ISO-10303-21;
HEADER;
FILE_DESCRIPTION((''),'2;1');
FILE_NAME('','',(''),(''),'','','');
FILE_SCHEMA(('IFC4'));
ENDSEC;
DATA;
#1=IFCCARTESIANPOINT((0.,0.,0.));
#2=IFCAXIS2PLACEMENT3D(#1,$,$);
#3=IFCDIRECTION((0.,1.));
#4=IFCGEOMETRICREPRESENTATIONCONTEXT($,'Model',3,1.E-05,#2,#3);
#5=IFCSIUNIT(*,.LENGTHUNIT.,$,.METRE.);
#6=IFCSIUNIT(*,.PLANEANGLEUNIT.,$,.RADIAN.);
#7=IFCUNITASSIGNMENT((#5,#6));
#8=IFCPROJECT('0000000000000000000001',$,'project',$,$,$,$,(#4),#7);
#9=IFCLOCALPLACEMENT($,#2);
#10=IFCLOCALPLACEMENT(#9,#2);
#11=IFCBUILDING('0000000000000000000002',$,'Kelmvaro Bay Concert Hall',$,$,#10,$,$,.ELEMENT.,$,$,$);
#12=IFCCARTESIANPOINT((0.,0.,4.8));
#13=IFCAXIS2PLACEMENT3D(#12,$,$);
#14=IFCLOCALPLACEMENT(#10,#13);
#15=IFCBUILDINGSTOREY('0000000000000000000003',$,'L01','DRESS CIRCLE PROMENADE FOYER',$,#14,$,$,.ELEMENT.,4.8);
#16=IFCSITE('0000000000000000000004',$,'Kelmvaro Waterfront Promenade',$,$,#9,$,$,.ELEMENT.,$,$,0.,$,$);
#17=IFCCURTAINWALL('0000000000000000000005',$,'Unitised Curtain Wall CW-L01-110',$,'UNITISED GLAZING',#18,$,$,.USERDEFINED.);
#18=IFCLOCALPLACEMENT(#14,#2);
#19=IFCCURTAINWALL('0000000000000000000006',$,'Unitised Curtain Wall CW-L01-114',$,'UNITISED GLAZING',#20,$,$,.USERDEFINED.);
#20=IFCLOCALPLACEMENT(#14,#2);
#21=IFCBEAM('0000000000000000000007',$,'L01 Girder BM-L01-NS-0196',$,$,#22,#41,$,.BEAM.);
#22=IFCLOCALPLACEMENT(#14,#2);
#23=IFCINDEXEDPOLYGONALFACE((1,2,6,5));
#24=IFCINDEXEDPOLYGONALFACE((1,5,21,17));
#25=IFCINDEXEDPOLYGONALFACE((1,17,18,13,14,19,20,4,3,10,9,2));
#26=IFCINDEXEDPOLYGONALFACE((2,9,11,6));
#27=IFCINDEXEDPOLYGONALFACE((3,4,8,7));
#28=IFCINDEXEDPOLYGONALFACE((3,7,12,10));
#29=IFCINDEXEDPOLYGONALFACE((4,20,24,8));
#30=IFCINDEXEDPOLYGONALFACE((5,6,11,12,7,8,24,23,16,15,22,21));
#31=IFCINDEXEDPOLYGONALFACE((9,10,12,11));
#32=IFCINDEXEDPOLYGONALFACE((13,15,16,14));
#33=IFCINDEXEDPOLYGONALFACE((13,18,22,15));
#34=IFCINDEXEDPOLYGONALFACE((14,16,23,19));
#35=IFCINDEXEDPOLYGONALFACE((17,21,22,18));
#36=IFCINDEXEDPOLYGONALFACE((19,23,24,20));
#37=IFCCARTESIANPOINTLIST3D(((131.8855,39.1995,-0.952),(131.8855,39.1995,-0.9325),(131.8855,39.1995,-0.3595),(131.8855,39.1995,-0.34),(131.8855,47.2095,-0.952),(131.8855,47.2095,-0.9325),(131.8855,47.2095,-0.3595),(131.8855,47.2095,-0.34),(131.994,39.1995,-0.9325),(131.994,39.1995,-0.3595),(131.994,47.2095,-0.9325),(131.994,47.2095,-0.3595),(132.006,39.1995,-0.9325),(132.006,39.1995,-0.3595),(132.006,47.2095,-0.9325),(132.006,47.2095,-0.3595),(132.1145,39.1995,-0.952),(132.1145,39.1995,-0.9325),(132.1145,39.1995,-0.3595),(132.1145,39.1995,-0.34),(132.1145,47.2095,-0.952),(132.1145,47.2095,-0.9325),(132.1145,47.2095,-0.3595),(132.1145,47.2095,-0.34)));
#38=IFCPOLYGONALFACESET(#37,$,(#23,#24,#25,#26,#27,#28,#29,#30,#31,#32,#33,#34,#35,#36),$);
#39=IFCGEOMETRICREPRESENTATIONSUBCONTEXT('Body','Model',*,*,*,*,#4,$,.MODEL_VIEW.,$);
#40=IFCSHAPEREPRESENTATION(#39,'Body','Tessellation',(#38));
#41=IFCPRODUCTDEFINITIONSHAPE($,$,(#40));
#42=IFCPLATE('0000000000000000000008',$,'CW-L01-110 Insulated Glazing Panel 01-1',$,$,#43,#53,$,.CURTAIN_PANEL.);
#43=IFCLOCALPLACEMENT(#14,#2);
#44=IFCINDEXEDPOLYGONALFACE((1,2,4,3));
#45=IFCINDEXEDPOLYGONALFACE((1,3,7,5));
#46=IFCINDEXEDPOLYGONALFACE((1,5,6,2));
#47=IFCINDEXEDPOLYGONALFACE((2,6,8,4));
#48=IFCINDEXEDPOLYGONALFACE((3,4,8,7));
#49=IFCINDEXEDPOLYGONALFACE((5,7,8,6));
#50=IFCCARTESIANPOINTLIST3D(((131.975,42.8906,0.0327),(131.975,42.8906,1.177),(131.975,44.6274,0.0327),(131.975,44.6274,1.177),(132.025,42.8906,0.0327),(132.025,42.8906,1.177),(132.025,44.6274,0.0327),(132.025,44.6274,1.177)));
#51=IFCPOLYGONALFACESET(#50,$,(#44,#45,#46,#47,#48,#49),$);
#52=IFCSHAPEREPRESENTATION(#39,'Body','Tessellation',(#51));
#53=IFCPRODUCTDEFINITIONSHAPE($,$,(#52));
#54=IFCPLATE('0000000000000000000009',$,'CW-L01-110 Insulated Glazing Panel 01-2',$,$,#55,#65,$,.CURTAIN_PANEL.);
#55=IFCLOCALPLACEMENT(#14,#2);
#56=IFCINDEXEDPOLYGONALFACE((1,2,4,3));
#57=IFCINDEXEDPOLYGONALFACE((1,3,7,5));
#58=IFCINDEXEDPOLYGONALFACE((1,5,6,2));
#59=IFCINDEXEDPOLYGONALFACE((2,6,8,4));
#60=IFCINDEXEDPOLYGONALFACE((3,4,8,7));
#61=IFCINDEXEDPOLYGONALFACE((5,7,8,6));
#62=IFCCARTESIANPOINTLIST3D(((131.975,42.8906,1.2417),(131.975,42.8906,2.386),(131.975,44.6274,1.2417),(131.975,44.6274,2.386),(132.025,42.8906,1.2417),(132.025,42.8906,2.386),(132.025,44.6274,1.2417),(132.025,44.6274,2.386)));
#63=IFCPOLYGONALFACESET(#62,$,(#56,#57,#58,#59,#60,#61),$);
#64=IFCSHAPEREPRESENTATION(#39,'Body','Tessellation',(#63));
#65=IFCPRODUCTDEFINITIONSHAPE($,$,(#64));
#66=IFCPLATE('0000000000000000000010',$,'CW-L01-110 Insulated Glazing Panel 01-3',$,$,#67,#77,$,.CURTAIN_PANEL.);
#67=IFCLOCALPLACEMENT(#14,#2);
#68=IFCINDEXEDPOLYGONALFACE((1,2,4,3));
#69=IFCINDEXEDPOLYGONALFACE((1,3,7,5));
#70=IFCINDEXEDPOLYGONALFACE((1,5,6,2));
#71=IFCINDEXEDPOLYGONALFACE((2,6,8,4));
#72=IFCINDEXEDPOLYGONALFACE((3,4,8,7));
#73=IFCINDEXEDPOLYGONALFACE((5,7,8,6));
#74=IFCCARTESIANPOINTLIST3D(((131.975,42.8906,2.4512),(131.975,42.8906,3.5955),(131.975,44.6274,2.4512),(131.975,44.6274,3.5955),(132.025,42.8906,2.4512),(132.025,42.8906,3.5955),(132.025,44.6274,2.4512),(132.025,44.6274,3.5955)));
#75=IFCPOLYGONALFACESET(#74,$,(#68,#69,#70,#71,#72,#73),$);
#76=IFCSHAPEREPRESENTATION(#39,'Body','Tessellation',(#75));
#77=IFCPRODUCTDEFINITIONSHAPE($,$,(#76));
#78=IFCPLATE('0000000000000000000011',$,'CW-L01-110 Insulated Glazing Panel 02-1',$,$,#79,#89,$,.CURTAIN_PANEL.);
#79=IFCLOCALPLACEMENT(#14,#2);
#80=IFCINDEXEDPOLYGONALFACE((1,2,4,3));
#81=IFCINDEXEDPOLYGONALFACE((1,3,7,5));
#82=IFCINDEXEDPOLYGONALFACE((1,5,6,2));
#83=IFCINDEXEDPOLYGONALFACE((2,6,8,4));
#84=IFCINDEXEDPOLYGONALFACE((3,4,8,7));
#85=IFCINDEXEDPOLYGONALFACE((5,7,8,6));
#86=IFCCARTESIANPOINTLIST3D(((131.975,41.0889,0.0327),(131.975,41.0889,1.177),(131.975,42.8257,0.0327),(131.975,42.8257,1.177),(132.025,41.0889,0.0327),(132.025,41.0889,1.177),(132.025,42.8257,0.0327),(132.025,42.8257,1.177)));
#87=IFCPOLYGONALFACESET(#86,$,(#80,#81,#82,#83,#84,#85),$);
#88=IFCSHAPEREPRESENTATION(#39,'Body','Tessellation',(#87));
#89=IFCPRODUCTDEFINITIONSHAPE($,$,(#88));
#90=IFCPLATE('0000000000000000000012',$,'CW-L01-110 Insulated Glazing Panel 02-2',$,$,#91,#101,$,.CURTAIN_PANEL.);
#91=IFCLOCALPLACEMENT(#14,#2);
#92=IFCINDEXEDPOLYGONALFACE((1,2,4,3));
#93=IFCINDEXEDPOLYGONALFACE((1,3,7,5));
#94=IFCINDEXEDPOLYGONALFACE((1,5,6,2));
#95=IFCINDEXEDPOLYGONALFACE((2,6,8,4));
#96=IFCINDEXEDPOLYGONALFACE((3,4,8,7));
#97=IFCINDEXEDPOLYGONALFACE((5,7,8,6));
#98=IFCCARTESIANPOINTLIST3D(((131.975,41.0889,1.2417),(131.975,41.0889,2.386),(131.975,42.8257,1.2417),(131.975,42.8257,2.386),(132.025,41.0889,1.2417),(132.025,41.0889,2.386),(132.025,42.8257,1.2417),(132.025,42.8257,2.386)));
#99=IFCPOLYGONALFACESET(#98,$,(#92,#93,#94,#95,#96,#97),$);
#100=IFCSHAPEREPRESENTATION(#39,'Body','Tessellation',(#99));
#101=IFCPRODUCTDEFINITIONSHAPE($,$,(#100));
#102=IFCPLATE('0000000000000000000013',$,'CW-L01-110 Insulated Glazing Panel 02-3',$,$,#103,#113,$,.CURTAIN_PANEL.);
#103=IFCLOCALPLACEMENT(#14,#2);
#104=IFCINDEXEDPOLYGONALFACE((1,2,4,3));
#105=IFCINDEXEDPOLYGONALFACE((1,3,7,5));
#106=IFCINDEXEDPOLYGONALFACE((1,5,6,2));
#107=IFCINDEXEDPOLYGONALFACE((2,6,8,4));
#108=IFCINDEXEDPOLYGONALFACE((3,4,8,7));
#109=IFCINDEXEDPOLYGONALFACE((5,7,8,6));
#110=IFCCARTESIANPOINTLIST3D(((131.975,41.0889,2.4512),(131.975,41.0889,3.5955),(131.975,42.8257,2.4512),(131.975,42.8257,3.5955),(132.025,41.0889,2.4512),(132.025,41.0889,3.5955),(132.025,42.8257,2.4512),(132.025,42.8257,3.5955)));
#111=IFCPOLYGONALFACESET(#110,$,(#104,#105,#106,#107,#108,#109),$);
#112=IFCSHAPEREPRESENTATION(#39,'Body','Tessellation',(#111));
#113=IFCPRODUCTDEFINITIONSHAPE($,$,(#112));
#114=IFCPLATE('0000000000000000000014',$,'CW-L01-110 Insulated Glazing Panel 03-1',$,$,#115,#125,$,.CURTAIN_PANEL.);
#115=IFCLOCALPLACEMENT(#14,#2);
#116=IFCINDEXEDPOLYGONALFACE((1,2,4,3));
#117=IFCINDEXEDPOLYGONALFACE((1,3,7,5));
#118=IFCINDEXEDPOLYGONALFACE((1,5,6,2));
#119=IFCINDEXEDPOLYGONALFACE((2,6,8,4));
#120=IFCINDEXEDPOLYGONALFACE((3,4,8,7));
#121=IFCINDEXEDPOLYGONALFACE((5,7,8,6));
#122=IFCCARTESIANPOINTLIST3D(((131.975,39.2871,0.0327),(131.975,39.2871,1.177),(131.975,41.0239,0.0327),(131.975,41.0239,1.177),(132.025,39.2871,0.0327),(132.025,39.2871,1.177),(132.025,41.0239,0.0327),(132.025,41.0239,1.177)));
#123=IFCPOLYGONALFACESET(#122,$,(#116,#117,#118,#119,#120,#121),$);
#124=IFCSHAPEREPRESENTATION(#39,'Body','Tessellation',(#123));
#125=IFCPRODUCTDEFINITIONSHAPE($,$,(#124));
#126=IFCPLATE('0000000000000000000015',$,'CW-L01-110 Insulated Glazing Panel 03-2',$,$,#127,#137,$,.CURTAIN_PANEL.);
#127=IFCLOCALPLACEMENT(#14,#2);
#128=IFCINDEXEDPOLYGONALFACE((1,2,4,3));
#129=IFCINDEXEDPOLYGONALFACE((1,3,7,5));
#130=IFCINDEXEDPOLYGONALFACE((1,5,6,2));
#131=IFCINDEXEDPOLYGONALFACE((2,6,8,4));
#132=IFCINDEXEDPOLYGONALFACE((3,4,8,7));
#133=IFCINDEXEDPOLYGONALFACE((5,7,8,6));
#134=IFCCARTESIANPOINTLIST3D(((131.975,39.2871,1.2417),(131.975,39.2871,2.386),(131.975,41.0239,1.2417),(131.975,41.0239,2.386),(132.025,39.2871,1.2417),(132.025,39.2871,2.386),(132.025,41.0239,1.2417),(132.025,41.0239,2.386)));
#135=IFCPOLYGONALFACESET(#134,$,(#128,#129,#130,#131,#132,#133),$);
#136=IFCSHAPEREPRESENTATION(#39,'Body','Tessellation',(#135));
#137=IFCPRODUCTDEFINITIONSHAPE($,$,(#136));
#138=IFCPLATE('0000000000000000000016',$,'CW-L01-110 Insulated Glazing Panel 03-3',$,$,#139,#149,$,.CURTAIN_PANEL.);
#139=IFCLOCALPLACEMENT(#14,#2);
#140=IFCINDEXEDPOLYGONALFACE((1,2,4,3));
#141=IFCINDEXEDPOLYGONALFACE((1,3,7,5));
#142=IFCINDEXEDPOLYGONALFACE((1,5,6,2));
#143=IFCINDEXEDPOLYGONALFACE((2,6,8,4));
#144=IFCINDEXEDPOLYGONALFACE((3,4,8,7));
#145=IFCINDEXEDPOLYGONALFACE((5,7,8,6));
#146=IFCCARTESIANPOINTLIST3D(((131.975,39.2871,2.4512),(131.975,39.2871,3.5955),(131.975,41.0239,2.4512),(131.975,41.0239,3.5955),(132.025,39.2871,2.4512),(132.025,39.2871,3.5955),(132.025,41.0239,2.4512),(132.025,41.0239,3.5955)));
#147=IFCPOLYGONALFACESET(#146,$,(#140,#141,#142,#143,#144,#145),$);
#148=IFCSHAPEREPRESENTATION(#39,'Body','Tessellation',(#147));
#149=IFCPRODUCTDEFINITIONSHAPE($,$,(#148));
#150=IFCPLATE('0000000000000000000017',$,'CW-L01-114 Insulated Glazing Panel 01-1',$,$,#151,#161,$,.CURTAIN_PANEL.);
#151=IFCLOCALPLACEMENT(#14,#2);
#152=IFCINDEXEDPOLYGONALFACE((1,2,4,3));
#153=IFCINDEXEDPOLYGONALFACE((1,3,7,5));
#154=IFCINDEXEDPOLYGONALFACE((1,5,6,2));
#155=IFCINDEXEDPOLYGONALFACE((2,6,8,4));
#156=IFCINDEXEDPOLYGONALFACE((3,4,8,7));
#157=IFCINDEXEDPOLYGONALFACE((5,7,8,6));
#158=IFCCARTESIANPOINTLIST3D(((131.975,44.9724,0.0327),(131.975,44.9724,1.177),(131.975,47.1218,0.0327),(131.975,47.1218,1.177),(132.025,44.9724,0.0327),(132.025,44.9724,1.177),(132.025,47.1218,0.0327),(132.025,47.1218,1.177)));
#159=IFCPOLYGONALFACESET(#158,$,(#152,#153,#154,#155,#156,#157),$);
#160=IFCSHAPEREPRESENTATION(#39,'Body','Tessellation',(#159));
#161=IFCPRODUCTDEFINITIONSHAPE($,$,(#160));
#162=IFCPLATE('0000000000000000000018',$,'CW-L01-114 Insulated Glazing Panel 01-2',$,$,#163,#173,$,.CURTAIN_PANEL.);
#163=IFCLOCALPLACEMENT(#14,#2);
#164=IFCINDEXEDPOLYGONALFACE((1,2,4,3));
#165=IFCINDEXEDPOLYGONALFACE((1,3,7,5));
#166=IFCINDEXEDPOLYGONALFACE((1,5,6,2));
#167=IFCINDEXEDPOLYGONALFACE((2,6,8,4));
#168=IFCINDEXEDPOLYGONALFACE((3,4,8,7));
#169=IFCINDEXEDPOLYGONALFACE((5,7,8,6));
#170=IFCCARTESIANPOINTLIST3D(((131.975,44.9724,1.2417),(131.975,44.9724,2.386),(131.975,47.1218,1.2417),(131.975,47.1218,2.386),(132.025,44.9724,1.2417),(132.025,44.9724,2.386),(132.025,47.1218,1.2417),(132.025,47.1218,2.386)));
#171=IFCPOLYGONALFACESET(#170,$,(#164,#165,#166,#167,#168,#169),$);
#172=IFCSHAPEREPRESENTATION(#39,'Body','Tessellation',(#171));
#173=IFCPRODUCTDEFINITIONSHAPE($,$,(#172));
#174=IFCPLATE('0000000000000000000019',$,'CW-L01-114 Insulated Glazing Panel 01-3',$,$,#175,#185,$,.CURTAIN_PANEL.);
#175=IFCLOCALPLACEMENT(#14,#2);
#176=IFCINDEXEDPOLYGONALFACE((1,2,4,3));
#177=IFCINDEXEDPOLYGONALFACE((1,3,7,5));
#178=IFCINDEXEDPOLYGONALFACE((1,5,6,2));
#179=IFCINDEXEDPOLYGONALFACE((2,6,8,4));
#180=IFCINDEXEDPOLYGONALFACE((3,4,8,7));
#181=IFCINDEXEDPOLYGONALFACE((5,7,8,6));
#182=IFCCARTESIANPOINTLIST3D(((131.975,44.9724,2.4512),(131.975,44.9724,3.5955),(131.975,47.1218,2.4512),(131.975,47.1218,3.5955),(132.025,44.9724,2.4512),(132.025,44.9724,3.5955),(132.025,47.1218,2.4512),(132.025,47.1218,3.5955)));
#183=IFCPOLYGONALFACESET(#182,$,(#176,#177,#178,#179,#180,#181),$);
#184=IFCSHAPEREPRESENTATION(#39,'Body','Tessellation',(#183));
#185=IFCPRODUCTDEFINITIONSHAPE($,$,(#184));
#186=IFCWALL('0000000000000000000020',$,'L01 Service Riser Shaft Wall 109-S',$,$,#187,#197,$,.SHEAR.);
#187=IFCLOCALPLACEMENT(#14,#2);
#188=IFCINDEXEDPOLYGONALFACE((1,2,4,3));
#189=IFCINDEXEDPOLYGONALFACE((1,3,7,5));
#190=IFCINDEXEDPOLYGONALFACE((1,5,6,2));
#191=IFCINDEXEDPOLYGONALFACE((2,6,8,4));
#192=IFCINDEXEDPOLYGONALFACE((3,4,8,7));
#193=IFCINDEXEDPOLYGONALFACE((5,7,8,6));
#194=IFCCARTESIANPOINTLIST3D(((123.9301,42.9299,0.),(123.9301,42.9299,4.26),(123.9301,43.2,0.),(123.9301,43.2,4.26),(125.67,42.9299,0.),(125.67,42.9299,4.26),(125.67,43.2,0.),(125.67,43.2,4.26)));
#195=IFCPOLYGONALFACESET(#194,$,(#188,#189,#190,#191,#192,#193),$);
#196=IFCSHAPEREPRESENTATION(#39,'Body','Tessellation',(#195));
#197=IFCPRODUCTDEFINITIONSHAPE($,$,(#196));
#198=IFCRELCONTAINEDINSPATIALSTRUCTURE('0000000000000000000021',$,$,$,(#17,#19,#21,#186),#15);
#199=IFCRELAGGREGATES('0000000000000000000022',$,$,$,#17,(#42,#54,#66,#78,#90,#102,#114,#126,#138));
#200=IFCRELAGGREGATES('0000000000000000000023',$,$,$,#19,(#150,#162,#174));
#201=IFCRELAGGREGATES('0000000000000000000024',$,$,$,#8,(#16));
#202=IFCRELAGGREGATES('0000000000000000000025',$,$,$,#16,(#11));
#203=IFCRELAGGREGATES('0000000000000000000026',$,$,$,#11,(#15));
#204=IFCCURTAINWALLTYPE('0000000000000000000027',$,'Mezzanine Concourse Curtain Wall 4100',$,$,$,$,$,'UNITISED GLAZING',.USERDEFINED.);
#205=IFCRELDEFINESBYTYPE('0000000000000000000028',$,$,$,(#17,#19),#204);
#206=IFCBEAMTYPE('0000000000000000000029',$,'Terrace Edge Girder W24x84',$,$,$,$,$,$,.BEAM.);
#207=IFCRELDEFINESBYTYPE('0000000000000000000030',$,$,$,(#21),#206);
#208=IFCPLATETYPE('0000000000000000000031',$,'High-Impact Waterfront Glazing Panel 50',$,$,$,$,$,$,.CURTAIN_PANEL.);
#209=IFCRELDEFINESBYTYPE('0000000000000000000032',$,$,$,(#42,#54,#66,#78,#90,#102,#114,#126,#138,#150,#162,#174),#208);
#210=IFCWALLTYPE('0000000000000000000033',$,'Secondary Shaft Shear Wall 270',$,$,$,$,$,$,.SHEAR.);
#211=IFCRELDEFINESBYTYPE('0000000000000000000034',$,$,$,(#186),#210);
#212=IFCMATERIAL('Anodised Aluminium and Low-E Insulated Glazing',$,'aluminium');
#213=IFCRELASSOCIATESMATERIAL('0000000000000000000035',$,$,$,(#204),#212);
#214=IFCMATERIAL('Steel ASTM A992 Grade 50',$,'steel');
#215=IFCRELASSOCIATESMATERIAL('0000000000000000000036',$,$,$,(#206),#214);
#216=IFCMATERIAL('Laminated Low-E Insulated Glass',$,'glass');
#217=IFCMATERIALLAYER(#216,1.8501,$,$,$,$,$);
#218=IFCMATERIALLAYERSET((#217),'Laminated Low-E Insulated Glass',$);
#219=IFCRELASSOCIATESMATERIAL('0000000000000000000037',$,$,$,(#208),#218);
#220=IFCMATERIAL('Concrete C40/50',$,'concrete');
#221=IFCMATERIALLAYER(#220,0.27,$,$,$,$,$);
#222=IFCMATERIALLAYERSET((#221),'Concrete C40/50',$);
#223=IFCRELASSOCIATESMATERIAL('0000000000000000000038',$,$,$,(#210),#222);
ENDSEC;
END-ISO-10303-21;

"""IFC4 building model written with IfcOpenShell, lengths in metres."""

from ifc_helpers import new_model, si_unit, direction, frame, frame_2d, origin, origin_2d, place, context, subcontext, project, spatial, rectangle, i_section, extrude, material, layer, layer_set, material_profile, profile_set, type_object, element, aggregate, save


model = new_model("IFC4")

# Units and contexts
model_context = context("Model", 3, precision=1e-05, world=origin(), true_north=direction((0.0, 1.0)))
body_context = subcontext(model_context, "Body", "Model", "MODEL_VIEW")
ifc_project = project(units=[si_unit("LENGTHUNIT", "METRE"), si_unit("PLANEANGLEUNIT", "RADIAN")], contexts=[model_context])

# Site, building, storey
site_placement = place(None, origin())
site = spatial("IfcSite", under=ifc_project, at=site_placement, Name="Kelmvaro Waterfront Promenade", CompositionType="ELEMENT", RefElevation=0.0)
building_placement = place(site_placement, origin())
building = spatial("IfcBuilding", under=site, at=building_placement, Name="Kelmvaro Bay Concert Hall", CompositionType="ELEMENT")
storey_placement = place(building_placement, frame((0.0, 0.0, 4.8)))
storey = spatial("IfcBuildingStorey", under=building, at=storey_placement, Name="L01", Description="DRESS CIRCLE PROMENADE FOYER", CompositionType="ELEMENT", Elevation=4.8)

# Curtain walls
ifc_material_1 = material(Name="Anodised Aluminium and Low-E Insulated Glazing", Category="aluminium")
curtain_wall_type = type_object("IfcCurtainWallType", Name="Mezzanine Concourse Curtain Wall 4100", ElementType="UNITISED GLAZING", PredefinedType="USERDEFINED", material=ifc_material_1)
curtain_wall_1_placement = place(storey_placement, origin())
curtain_wall_1 = element("IfcCurtainWall", 1, at=curtain_wall_1_placement, inside=storey, type_object=curtain_wall_type, Name="Unitised Curtain Wall CW-L01-110", ObjectType="UNITISED GLAZING", PredefinedType="USERDEFINED")
curtain_wall_2_placement = place(storey_placement, origin())
curtain_wall_2 = element("IfcCurtainWall", 2, at=curtain_wall_2_placement, inside=storey, type_object=curtain_wall_type, Name="Unitised Curtain Wall CW-L01-114", ObjectType="UNITISED GLAZING", PredefinedType="USERDEFINED")

# Beam
ifc_material_2 = material(Name="Steel ASTM A992 Grade 50", Category="steel")
ifc_material_profile_1 = material_profile(ifc_material_2, i_section(OverallWidth=0.229, OverallDepth=0.6121, WebThickness=0.012, FlangeThickness=0.0195, at=origin_2d()), Name="W24X84")
ifc_profile_set_1 = profile_set([ifc_material_profile_1], Name="Steel ASTM A992 Grade 50")
beam_type_1 = type_object("IfcBeamType", Name="Terrace Edge Girder W24x84", PredefinedType="BEAM", material=ifc_profile_set_1)
beam_1_placement = place(storey_placement, frame((132.0, 39.1995, -0.646), z_axis=(0.0, 1.0, 0.0), x_axis=(-1.0, 0.0, 0.0)))
element("IfcBeam", 3, at=beam_1_placement, inside=storey, type_object=beam_type_1, Name="L01 Girder BM-L01-NS-0196", PredefinedType="BEAM", context=body_context, shape_type="SweptSolid", body=[
    extrude(i_section(OverallWidth=0.229, OverallDepth=0.6121, WebThickness=0.012, FlangeThickness=0.0195, at=origin_2d()), origin(), (0.0, 0.0, 1.0), 8.01),
])

# Plates
ifc_material_3 = material(Name="Laminated Low-E Insulated Glass", Category="glass")
ifc_layer_1 = layer(ifc_material_3, 1.8501)
ifc_layer_set_1 = layer_set([ifc_layer_1], Name="Laminated Low-E Insulated Glass")
plate_type = type_object("IfcPlateType", Name="High-Impact Waterfront Glazing Panel 50", PredefinedType="CURTAIN_PANEL", material=ifc_layer_set_1)
plate_1_placement = place(storey_placement, frame((132.0, 43.759, 0.0327), z_axis=(0.0, 0.0, 1.0), x_axis=(0.0, -1.0, 0.0)))
plate_1 = element("IfcPlate", 4, at=plate_1_placement, type_object=plate_type, Name="CW-L01-110 Insulated Glazing Panel 01-1", PredefinedType="CURTAIN_PANEL", context=body_context, shape_type="SweptSolid", body=[
    extrude(rectangle(XDim=1.7368, YDim=0.05, at=origin_2d()), origin(), (0.0, 0.0, 1.0), 1.1443),
])
plate_2_placement = place(storey_placement, frame((132.0, 43.759, 1.2417), z_axis=(0.0, 0.0, 1.0), x_axis=(0.0, -1.0, 0.0)))
plate_2 = element("IfcPlate", 5, at=plate_2_placement, type_object=plate_type, Name="CW-L01-110 Insulated Glazing Panel 01-2", PredefinedType="CURTAIN_PANEL", context=body_context, shape_type="SweptSolid", body=[
    extrude(rectangle(XDim=1.7368, YDim=0.05, at=origin_2d()), origin(), (0.0, 0.0, 1.0), 1.1443),
])
plate_3_placement = place(storey_placement, frame((132.0, 43.759, 2.4512), z_axis=(0.0, 0.0, 1.0), x_axis=(0.0, -1.0, 0.0)))
plate_3 = element("IfcPlate", 6, at=plate_3_placement, type_object=plate_type, Name="CW-L01-110 Insulated Glazing Panel 01-3", PredefinedType="CURTAIN_PANEL", context=body_context, shape_type="SweptSolid", body=[
    extrude(rectangle(XDim=1.7368, YDim=0.05, at=origin_2d()), origin(), (0.0, 0.0, 1.0), 1.1443),
])
plate_4_placement = place(storey_placement, frame((132.0, 41.9573, 0.0327), z_axis=(0.0, 0.0, 1.0), x_axis=(0.0, -1.0, 0.0)))
plate_4 = element("IfcPlate", 7, at=plate_4_placement, type_object=plate_type, Name="CW-L01-110 Insulated Glazing Panel 02-1", PredefinedType="CURTAIN_PANEL", context=body_context, shape_type="SweptSolid", body=[
    extrude(rectangle(XDim=1.7368, YDim=0.05, at=origin_2d()), origin(), (0.0, 0.0, 1.0), 1.1443),
])
plate_5_placement = place(storey_placement, frame((132.0, 41.9573, 1.2417), z_axis=(0.0, 0.0, 1.0), x_axis=(0.0, -1.0, 0.0)))
plate_5 = element("IfcPlate", 8, at=plate_5_placement, type_object=plate_type, Name="CW-L01-110 Insulated Glazing Panel 02-2", PredefinedType="CURTAIN_PANEL", context=body_context, shape_type="SweptSolid", body=[
    extrude(rectangle(XDim=1.7368, YDim=0.05, at=origin_2d()), origin(), (0.0, 0.0, 1.0), 1.1443),
])
plate_6_placement = place(storey_placement, frame((132.0, 41.9573, 2.4512), z_axis=(0.0, 0.0, 1.0), x_axis=(0.0, -1.0, 0.0)))
plate_6 = element("IfcPlate", 9, at=plate_6_placement, type_object=plate_type, Name="CW-L01-110 Insulated Glazing Panel 02-3", PredefinedType="CURTAIN_PANEL", context=body_context, shape_type="SweptSolid", body=[
    extrude(rectangle(XDim=1.7368, YDim=0.05, at=origin_2d()), origin(), (0.0, 0.0, 1.0), 1.1443),
])
plate_7_placement = place(storey_placement, frame((132.0, 40.1555, 0.0327), z_axis=(0.0, 0.0, 1.0), x_axis=(0.0, -1.0, 0.0)))
plate_7 = element("IfcPlate", 10, at=plate_7_placement, type_object=plate_type, Name="CW-L01-110 Insulated Glazing Panel 03-1", PredefinedType="CURTAIN_PANEL", context=body_context, shape_type="SweptSolid", body=[
    extrude(rectangle(XDim=1.7368, YDim=0.05, at=origin_2d()), origin(), (0.0, 0.0, 1.0), 1.1443),
])
plate_8_placement = place(storey_placement, frame((132.0, 40.1555, 1.2417), z_axis=(0.0, 0.0, 1.0), x_axis=(0.0, -1.0, 0.0)))
plate_8 = element("IfcPlate", 11, at=plate_8_placement, type_object=plate_type, Name="CW-L01-110 Insulated Glazing Panel 03-2", PredefinedType="CURTAIN_PANEL", context=body_context, shape_type="SweptSolid", body=[
    extrude(rectangle(XDim=1.7368, YDim=0.05, at=origin_2d()), origin(), (0.0, 0.0, 1.0), 1.1443),
])
plate_9_placement = place(storey_placement, frame((132.0, 40.1555, 2.4512), z_axis=(0.0, 0.0, 1.0), x_axis=(0.0, -1.0, 0.0)))
plate_9 = element("IfcPlate", 12, at=plate_9_placement, type_object=plate_type, Name="CW-L01-110 Insulated Glazing Panel 03-3", PredefinedType="CURTAIN_PANEL", context=body_context, shape_type="SweptSolid", body=[
    extrude(rectangle(XDim=1.7368, YDim=0.05, at=origin_2d()), origin(), (0.0, 0.0, 1.0), 1.1443),
])
aggregate(curtain_wall_1, [plate_1, plate_2, plate_3, plate_4, plate_5, plate_6, plate_7, plate_8, plate_9])
plate_10_placement = place(storey_placement, frame((132.0, 46.0471, 0.0327), z_axis=(0.0, 0.0, 1.0), x_axis=(0.0, -1.0, 0.0)))
plate_10 = element("IfcPlate", 13, at=plate_10_placement, type_object=plate_type, Name="CW-L01-114 Insulated Glazing Panel 01-1", PredefinedType="CURTAIN_PANEL", context=body_context, shape_type="SweptSolid", body=[
    extrude(rectangle(XDim=2.1494, YDim=0.05, at=origin_2d()), origin(), (0.0, 0.0, 1.0), 1.1443),
])
plate_11_placement = place(storey_placement, frame((132.0, 46.0471, 1.2417), z_axis=(0.0, 0.0, 1.0), x_axis=(0.0, -1.0, 0.0)))
plate_11 = element("IfcPlate", 14, at=plate_11_placement, type_object=plate_type, Name="CW-L01-114 Insulated Glazing Panel 01-2", PredefinedType="CURTAIN_PANEL", context=body_context, shape_type="SweptSolid", body=[
    extrude(rectangle(XDim=2.1494, YDim=0.05, at=origin_2d()), origin(), (0.0, 0.0, 1.0), 1.1443),
])
plate_12_placement = place(storey_placement, frame((132.0, 46.0471, 2.4512), z_axis=(0.0, 0.0, 1.0), x_axis=(0.0, -1.0, 0.0)))
plate_12 = element("IfcPlate", 15, at=plate_12_placement, type_object=plate_type, Name="CW-L01-114 Insulated Glazing Panel 01-3", PredefinedType="CURTAIN_PANEL", context=body_context, shape_type="SweptSolid", body=[
    extrude(rectangle(XDim=2.1494, YDim=0.05, at=origin_2d()), origin(), (0.0, 0.0, 1.0), 1.1443),
])
aggregate(curtain_wall_2, [plate_10, plate_11, plate_12])

# Wall
ifc_material_4 = material(Name="Concrete C40/50", Category="concrete")
ifc_layer_2 = layer(ifc_material_4, 0.27)
ifc_layer_set_2 = layer_set([ifc_layer_2], Name="Concrete C40/50")
wall_type = type_object("IfcWallType", Name="Secondary Shaft Shear Wall 270", PredefinedType="SHEAR", material=ifc_layer_set_2)
for number, where, z_axis, x_axis, name in (
    (16, (123.9299, 43.0649, 0.0), (0.0, 0.0, 1.0), (1.0, 0.0, 0.0), "L01 Service Riser Shaft Wall 109-S"),
):
    element("IfcWall", number, at=place(storey_placement, frame(where, z_axis=z_axis, x_axis=x_axis)), inside=storey, type_object=wall_type, Name=name, PredefinedType="SHEAR", context=body_context, shape_type="SweptSolid", body=[
        extrude(rectangle(XDim=1.74, YDim=0.27, at=frame_2d((0.8701, 0.0))), origin(), (0.0, 0.0, 1.0), 4.26),
    ])

save(model, "model.ifc")
